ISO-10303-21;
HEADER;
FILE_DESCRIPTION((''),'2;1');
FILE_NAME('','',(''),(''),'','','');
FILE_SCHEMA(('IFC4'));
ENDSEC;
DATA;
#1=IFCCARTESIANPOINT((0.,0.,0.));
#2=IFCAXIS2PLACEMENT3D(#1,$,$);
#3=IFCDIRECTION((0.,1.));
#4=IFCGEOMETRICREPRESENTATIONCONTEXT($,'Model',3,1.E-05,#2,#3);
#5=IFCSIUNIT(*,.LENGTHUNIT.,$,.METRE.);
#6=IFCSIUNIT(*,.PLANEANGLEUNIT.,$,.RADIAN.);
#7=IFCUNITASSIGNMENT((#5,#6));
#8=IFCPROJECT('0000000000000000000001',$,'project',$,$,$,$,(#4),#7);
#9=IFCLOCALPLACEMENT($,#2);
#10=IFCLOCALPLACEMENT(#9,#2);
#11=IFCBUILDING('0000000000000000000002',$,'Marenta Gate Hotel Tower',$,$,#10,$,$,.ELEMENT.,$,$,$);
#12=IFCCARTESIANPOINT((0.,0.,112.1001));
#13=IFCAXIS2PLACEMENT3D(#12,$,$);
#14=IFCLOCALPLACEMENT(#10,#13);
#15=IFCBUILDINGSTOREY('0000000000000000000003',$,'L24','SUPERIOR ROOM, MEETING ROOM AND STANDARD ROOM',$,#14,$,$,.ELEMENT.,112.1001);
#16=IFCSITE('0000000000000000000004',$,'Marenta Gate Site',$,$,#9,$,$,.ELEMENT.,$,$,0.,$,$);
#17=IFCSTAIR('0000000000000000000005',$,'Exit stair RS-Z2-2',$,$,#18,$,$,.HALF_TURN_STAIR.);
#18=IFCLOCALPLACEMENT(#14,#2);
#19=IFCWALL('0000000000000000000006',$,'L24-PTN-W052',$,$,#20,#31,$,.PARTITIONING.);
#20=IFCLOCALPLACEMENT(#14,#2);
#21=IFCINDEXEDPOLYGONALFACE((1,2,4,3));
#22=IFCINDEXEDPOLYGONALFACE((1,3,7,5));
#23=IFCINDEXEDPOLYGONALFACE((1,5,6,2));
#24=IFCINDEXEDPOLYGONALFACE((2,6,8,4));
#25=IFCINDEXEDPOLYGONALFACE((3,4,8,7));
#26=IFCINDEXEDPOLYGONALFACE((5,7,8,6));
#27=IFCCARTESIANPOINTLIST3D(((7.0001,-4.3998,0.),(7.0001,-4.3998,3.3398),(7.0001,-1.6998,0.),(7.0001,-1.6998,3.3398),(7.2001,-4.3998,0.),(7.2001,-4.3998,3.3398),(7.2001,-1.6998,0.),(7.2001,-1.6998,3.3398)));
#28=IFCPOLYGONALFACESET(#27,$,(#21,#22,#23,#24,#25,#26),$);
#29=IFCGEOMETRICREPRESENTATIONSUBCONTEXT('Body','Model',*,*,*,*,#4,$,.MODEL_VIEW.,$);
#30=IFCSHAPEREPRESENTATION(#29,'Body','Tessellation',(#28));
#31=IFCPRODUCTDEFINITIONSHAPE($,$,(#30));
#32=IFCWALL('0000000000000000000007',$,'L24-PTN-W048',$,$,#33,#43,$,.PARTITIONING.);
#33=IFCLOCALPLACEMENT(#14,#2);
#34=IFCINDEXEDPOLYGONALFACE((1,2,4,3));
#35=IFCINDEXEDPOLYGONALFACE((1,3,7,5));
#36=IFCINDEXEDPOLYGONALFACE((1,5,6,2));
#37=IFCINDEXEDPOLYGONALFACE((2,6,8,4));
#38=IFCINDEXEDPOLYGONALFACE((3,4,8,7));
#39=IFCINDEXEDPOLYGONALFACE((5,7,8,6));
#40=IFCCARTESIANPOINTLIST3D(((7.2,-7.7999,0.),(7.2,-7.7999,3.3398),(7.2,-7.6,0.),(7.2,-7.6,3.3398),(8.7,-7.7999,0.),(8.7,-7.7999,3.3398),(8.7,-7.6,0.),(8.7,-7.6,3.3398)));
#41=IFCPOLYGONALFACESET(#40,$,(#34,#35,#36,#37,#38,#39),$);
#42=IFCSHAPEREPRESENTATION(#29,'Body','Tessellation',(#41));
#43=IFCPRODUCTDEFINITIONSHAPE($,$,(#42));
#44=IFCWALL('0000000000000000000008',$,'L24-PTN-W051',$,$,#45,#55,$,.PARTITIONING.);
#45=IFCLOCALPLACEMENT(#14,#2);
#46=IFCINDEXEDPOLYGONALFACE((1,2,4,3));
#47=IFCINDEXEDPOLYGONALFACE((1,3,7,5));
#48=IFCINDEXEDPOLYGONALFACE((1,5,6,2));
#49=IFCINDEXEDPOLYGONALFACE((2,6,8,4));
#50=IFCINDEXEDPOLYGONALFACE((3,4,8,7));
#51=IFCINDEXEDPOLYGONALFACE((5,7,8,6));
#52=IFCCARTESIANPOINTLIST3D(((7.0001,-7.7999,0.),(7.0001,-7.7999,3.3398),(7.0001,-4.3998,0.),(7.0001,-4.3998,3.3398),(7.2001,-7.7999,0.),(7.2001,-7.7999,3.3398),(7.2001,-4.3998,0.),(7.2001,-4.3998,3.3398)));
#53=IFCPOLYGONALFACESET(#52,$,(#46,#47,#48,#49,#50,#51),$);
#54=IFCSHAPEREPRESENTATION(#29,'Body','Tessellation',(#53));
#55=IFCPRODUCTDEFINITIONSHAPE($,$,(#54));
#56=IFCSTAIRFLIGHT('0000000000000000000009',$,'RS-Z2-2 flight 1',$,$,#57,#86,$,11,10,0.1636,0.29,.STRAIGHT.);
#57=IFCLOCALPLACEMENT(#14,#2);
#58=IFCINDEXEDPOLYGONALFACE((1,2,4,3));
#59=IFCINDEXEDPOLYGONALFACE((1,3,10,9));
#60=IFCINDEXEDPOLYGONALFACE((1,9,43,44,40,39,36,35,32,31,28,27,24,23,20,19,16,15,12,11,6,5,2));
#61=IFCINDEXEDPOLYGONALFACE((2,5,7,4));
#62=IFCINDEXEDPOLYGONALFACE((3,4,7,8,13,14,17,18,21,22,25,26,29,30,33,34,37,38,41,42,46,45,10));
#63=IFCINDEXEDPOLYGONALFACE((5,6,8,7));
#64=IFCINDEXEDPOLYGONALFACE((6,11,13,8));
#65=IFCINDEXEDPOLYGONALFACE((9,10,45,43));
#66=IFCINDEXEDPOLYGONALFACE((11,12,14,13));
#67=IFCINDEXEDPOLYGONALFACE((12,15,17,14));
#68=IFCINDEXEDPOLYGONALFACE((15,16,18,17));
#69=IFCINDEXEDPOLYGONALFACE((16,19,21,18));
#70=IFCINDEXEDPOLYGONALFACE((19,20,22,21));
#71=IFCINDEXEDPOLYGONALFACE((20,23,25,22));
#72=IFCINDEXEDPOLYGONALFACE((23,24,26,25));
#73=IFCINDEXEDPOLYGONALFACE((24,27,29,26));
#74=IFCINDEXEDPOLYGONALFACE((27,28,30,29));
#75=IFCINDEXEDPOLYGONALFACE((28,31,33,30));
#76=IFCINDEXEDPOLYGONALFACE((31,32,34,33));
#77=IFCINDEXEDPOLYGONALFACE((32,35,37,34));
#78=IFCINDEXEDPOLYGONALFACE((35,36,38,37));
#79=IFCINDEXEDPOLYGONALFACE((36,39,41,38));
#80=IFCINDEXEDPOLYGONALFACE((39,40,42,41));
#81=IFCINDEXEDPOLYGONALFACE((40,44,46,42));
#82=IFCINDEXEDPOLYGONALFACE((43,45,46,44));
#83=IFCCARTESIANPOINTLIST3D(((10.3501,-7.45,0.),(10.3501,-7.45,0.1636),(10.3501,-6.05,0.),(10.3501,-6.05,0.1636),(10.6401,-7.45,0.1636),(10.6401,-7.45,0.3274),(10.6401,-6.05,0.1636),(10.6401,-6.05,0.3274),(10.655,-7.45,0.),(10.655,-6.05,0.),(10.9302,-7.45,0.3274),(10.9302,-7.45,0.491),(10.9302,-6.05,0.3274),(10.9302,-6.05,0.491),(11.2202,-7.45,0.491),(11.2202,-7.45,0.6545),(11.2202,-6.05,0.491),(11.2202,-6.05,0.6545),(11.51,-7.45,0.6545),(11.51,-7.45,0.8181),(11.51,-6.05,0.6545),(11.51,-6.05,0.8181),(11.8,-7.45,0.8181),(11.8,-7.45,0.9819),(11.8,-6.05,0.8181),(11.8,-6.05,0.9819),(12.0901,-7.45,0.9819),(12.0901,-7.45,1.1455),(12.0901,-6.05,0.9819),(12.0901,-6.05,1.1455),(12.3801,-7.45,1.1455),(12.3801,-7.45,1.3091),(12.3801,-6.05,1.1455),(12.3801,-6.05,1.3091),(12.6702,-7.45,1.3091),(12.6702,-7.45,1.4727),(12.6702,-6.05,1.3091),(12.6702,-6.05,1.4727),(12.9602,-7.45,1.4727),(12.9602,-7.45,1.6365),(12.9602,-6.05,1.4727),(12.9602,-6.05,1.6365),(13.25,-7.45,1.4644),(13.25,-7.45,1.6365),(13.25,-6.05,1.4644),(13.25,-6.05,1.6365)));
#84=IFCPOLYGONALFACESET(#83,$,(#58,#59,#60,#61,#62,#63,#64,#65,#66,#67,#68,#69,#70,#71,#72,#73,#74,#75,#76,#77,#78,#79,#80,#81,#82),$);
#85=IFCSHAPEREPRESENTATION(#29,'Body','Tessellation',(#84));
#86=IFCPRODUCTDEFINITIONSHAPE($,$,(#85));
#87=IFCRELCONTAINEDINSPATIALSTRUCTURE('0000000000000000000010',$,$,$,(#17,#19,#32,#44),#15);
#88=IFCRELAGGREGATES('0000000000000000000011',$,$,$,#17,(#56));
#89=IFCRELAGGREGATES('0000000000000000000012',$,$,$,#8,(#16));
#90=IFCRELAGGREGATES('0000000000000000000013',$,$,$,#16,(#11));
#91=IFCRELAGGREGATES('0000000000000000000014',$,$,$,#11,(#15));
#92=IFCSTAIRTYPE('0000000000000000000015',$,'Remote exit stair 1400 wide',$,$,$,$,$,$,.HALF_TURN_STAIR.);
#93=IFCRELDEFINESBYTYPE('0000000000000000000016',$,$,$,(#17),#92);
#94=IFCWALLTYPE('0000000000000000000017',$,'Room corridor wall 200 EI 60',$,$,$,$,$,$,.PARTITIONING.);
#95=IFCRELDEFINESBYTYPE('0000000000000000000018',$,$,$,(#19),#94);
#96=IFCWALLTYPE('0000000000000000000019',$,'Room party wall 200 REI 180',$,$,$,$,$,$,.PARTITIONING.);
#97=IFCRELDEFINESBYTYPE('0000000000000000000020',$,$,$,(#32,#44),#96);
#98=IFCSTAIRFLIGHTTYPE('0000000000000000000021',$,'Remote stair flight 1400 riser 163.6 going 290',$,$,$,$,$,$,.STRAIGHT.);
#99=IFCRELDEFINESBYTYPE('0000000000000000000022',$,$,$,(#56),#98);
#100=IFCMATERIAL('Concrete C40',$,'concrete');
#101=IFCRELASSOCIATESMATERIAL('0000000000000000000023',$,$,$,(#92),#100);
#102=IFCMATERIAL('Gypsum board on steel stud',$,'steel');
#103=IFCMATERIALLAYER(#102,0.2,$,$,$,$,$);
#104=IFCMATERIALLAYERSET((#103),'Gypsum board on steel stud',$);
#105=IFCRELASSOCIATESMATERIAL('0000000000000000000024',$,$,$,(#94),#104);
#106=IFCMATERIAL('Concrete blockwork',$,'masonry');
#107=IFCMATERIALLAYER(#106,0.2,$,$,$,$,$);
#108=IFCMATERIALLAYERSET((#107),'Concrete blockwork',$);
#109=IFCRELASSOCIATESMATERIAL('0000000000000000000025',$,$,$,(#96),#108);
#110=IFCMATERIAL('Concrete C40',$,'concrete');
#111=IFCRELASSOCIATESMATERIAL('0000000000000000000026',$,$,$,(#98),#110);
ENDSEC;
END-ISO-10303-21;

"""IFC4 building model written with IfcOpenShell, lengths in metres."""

from ifc_helpers import new_model, si_unit, direction, frame, frame_2d, origin, place, context, subcontext, project, spatial, polyline, rectangle, outline, extrude, material, layer, layer_set, type_object, element, aggregate, save


model = new_model("IFC4")

# Units and contexts
model_context = context("Model", 3, precision=1e-05, world=origin(), true_north=direction((0.0, 1.0)))
body_context = subcontext(model_context, "Body", "Model", "MODEL_VIEW")
ifc_project = project(units=[si_unit("LENGTHUNIT", "METRE"), si_unit("PLANEANGLEUNIT", "RADIAN")], contexts=[model_context])

# Site, building, storey
site_placement = place(None, origin())
site = spatial("IfcSite", under=ifc_project, at=site_placement, Name="Marenta Gate Site", CompositionType="ELEMENT", RefElevation=0.0)
building_placement = place(site_placement, origin())
building = spatial("IfcBuilding", under=site, at=building_placement, Name="Marenta Gate Hotel Tower", CompositionType="ELEMENT")
storey_placement = place(building_placement, frame((0.0, 0.0, 112.1001)))
storey = spatial("IfcBuildingStorey", under=building, at=storey_placement, Name="L24", Description="SUPERIOR ROOM, MEETING ROOM AND STANDARD ROOM", CompositionType="ELEMENT", Elevation=112.1001)

# Stair
ifc_material_1 = material(Name="Concrete C40", Category="concrete")
stair_type_1 = type_object("IfcStairType", Name="Remote exit stair 1400 wide", PredefinedType="HALF_TURN_STAIR", material=ifc_material_1)
stair_1_placement = place(storey_placement, origin())
stair_1 = element("IfcStair", 1, at=stair_1_placement, inside=storey, type_object=stair_type_1, Name="Exit stair RS-Z2-2", PredefinedType="HALF_TURN_STAIR")

# Shared definitions
ifc_material_2 = material(Name="Gypsum board on steel stud", Category="steel")
ifc_layer_1 = layer(ifc_material_2, 0.2)
ifc_layer_set_1 = layer_set([ifc_layer_1], Name="Gypsum board on steel stud")
wall_type_1 = type_object("IfcWallType", Name="Room corridor wall 200 EI 60", PredefinedType="PARTITIONING", material=ifc_layer_set_1)

# Wall
wall_1_placement = place(storey_placement, frame((7.1001, -4.3999, 0.0), z_axis=(0.0, 0.0, 1.0), x_axis=(0.0, 1.0, 0.0)))
element("IfcWall", 2, at=wall_1_placement, inside=storey, type_object=wall_type_1, Name="L24-PTN-W052", PredefinedType="PARTITIONING", context=body_context, shape_type="SweptSolid", body=[
    extrude(rectangle(XDim=2.7, YDim=0.2, at=frame_2d((1.3501, 0.0))), origin(), (0.0, 0.0, 1.0), 3.3398),
])

# Walls
ifc_material_3 = material(Name="Concrete blockwork", Category="masonry")
ifc_layer_2 = layer(ifc_material_3, 0.2)
ifc_layer_set_2 = layer_set([ifc_layer_2], Name="Concrete blockwork")
wall_type_2 = type_object("IfcWallType", Name="Room party wall 200 REI 180", PredefinedType="PARTITIONING", material=ifc_layer_set_2)
wall_2_placement = place(storey_placement, frame((7.2, -7.7, 0.0), z_axis=(0.0, 0.0, 1.0), x_axis=(1.0, 0.0, 0.0)))
element("IfcWall", 3, at=wall_2_placement, inside=storey, type_object=wall_type_2, Name="L24-PTN-W048", PredefinedType="PARTITIONING", context=body_context, shape_type="SweptSolid", body=[
    extrude(rectangle(XDim=1.5, YDim=0.2, at=frame_2d((0.75, 0.0))), origin(), (0.0, 0.0, 1.0), 3.3398),
])
wall_3_placement = place(storey_placement, frame((7.1001, -7.8, 0.0), z_axis=(0.0, 0.0, 1.0), x_axis=(0.0, 1.0, 0.0)))
element("IfcWall", 4, at=wall_3_placement, inside=storey, type_object=wall_type_2, Name="L24-PTN-W051", PredefinedType="PARTITIONING", context=body_context, shape_type="SweptSolid", body=[
    extrude(rectangle(XDim=3.4001, YDim=0.2, at=frame_2d((1.7002, 0.0))), origin(), (0.0, 0.0, 1.0), 3.3398),
])

# Stair flight
ifc_material_4 = material(Name="Concrete C40", Category="concrete")
stair_flight_type = type_object("IfcStairFlightType", Name="Remote stair flight 1400 riser 163.6 going 290", PredefinedType="STRAIGHT", material=ifc_material_4)
stair_flight_placement = place(storey_placement, frame((10.3501, -6.75, 0.0), z_axis=(0.0, 0.0, 1.0), x_axis=(1.0, 0.0, 0.0)))
stair_flight = element("IfcStairFlight", 5, at=stair_flight_placement, type_object=stair_flight_type, Name="RS-Z2-2 flight 1", NumberOfRisers=11, NumberOfTreads=10, PredefinedType="STRAIGHT", RiserHeight=0.1636, TreadLength=0.29, context=body_context, shape_type="SweptSolid", body=[
    extrude(outline(polyline([(0.0, 0.0), (0.0, 0.1636), (0.29, 0.1636), (0.29, 0.3274), (0.5801, 0.3274), (0.5801, 0.491), (0.8701, 0.491), (0.8701, 0.6545), (1.1599, 0.6545), (1.1599, 0.8181), (1.45, 0.8181), (1.45, 0.9819), (1.74, 0.9819), (1.74, 1.1455), (2.03, 1.1455), (2.03, 1.3091), (2.3201, 1.3091), (2.3201, 1.4727), (2.6101, 1.4727), (2.6101, 1.6365), (2.8999, 1.6365), (2.8999, 1.8), (2.8999, 1.4644), (0.3049, 0.0), (0.0, 0.0)])), frame((0.0, 0.7, 0.0), z_axis=(0.0, -1.0, 0.0), x_axis=(1.0, 0.0, 0.0)), (0.0, 0.0, 1.0), 1.3999),
])
aggregate(stair_1, [stair_flight])

save(model, "model.ifc")
